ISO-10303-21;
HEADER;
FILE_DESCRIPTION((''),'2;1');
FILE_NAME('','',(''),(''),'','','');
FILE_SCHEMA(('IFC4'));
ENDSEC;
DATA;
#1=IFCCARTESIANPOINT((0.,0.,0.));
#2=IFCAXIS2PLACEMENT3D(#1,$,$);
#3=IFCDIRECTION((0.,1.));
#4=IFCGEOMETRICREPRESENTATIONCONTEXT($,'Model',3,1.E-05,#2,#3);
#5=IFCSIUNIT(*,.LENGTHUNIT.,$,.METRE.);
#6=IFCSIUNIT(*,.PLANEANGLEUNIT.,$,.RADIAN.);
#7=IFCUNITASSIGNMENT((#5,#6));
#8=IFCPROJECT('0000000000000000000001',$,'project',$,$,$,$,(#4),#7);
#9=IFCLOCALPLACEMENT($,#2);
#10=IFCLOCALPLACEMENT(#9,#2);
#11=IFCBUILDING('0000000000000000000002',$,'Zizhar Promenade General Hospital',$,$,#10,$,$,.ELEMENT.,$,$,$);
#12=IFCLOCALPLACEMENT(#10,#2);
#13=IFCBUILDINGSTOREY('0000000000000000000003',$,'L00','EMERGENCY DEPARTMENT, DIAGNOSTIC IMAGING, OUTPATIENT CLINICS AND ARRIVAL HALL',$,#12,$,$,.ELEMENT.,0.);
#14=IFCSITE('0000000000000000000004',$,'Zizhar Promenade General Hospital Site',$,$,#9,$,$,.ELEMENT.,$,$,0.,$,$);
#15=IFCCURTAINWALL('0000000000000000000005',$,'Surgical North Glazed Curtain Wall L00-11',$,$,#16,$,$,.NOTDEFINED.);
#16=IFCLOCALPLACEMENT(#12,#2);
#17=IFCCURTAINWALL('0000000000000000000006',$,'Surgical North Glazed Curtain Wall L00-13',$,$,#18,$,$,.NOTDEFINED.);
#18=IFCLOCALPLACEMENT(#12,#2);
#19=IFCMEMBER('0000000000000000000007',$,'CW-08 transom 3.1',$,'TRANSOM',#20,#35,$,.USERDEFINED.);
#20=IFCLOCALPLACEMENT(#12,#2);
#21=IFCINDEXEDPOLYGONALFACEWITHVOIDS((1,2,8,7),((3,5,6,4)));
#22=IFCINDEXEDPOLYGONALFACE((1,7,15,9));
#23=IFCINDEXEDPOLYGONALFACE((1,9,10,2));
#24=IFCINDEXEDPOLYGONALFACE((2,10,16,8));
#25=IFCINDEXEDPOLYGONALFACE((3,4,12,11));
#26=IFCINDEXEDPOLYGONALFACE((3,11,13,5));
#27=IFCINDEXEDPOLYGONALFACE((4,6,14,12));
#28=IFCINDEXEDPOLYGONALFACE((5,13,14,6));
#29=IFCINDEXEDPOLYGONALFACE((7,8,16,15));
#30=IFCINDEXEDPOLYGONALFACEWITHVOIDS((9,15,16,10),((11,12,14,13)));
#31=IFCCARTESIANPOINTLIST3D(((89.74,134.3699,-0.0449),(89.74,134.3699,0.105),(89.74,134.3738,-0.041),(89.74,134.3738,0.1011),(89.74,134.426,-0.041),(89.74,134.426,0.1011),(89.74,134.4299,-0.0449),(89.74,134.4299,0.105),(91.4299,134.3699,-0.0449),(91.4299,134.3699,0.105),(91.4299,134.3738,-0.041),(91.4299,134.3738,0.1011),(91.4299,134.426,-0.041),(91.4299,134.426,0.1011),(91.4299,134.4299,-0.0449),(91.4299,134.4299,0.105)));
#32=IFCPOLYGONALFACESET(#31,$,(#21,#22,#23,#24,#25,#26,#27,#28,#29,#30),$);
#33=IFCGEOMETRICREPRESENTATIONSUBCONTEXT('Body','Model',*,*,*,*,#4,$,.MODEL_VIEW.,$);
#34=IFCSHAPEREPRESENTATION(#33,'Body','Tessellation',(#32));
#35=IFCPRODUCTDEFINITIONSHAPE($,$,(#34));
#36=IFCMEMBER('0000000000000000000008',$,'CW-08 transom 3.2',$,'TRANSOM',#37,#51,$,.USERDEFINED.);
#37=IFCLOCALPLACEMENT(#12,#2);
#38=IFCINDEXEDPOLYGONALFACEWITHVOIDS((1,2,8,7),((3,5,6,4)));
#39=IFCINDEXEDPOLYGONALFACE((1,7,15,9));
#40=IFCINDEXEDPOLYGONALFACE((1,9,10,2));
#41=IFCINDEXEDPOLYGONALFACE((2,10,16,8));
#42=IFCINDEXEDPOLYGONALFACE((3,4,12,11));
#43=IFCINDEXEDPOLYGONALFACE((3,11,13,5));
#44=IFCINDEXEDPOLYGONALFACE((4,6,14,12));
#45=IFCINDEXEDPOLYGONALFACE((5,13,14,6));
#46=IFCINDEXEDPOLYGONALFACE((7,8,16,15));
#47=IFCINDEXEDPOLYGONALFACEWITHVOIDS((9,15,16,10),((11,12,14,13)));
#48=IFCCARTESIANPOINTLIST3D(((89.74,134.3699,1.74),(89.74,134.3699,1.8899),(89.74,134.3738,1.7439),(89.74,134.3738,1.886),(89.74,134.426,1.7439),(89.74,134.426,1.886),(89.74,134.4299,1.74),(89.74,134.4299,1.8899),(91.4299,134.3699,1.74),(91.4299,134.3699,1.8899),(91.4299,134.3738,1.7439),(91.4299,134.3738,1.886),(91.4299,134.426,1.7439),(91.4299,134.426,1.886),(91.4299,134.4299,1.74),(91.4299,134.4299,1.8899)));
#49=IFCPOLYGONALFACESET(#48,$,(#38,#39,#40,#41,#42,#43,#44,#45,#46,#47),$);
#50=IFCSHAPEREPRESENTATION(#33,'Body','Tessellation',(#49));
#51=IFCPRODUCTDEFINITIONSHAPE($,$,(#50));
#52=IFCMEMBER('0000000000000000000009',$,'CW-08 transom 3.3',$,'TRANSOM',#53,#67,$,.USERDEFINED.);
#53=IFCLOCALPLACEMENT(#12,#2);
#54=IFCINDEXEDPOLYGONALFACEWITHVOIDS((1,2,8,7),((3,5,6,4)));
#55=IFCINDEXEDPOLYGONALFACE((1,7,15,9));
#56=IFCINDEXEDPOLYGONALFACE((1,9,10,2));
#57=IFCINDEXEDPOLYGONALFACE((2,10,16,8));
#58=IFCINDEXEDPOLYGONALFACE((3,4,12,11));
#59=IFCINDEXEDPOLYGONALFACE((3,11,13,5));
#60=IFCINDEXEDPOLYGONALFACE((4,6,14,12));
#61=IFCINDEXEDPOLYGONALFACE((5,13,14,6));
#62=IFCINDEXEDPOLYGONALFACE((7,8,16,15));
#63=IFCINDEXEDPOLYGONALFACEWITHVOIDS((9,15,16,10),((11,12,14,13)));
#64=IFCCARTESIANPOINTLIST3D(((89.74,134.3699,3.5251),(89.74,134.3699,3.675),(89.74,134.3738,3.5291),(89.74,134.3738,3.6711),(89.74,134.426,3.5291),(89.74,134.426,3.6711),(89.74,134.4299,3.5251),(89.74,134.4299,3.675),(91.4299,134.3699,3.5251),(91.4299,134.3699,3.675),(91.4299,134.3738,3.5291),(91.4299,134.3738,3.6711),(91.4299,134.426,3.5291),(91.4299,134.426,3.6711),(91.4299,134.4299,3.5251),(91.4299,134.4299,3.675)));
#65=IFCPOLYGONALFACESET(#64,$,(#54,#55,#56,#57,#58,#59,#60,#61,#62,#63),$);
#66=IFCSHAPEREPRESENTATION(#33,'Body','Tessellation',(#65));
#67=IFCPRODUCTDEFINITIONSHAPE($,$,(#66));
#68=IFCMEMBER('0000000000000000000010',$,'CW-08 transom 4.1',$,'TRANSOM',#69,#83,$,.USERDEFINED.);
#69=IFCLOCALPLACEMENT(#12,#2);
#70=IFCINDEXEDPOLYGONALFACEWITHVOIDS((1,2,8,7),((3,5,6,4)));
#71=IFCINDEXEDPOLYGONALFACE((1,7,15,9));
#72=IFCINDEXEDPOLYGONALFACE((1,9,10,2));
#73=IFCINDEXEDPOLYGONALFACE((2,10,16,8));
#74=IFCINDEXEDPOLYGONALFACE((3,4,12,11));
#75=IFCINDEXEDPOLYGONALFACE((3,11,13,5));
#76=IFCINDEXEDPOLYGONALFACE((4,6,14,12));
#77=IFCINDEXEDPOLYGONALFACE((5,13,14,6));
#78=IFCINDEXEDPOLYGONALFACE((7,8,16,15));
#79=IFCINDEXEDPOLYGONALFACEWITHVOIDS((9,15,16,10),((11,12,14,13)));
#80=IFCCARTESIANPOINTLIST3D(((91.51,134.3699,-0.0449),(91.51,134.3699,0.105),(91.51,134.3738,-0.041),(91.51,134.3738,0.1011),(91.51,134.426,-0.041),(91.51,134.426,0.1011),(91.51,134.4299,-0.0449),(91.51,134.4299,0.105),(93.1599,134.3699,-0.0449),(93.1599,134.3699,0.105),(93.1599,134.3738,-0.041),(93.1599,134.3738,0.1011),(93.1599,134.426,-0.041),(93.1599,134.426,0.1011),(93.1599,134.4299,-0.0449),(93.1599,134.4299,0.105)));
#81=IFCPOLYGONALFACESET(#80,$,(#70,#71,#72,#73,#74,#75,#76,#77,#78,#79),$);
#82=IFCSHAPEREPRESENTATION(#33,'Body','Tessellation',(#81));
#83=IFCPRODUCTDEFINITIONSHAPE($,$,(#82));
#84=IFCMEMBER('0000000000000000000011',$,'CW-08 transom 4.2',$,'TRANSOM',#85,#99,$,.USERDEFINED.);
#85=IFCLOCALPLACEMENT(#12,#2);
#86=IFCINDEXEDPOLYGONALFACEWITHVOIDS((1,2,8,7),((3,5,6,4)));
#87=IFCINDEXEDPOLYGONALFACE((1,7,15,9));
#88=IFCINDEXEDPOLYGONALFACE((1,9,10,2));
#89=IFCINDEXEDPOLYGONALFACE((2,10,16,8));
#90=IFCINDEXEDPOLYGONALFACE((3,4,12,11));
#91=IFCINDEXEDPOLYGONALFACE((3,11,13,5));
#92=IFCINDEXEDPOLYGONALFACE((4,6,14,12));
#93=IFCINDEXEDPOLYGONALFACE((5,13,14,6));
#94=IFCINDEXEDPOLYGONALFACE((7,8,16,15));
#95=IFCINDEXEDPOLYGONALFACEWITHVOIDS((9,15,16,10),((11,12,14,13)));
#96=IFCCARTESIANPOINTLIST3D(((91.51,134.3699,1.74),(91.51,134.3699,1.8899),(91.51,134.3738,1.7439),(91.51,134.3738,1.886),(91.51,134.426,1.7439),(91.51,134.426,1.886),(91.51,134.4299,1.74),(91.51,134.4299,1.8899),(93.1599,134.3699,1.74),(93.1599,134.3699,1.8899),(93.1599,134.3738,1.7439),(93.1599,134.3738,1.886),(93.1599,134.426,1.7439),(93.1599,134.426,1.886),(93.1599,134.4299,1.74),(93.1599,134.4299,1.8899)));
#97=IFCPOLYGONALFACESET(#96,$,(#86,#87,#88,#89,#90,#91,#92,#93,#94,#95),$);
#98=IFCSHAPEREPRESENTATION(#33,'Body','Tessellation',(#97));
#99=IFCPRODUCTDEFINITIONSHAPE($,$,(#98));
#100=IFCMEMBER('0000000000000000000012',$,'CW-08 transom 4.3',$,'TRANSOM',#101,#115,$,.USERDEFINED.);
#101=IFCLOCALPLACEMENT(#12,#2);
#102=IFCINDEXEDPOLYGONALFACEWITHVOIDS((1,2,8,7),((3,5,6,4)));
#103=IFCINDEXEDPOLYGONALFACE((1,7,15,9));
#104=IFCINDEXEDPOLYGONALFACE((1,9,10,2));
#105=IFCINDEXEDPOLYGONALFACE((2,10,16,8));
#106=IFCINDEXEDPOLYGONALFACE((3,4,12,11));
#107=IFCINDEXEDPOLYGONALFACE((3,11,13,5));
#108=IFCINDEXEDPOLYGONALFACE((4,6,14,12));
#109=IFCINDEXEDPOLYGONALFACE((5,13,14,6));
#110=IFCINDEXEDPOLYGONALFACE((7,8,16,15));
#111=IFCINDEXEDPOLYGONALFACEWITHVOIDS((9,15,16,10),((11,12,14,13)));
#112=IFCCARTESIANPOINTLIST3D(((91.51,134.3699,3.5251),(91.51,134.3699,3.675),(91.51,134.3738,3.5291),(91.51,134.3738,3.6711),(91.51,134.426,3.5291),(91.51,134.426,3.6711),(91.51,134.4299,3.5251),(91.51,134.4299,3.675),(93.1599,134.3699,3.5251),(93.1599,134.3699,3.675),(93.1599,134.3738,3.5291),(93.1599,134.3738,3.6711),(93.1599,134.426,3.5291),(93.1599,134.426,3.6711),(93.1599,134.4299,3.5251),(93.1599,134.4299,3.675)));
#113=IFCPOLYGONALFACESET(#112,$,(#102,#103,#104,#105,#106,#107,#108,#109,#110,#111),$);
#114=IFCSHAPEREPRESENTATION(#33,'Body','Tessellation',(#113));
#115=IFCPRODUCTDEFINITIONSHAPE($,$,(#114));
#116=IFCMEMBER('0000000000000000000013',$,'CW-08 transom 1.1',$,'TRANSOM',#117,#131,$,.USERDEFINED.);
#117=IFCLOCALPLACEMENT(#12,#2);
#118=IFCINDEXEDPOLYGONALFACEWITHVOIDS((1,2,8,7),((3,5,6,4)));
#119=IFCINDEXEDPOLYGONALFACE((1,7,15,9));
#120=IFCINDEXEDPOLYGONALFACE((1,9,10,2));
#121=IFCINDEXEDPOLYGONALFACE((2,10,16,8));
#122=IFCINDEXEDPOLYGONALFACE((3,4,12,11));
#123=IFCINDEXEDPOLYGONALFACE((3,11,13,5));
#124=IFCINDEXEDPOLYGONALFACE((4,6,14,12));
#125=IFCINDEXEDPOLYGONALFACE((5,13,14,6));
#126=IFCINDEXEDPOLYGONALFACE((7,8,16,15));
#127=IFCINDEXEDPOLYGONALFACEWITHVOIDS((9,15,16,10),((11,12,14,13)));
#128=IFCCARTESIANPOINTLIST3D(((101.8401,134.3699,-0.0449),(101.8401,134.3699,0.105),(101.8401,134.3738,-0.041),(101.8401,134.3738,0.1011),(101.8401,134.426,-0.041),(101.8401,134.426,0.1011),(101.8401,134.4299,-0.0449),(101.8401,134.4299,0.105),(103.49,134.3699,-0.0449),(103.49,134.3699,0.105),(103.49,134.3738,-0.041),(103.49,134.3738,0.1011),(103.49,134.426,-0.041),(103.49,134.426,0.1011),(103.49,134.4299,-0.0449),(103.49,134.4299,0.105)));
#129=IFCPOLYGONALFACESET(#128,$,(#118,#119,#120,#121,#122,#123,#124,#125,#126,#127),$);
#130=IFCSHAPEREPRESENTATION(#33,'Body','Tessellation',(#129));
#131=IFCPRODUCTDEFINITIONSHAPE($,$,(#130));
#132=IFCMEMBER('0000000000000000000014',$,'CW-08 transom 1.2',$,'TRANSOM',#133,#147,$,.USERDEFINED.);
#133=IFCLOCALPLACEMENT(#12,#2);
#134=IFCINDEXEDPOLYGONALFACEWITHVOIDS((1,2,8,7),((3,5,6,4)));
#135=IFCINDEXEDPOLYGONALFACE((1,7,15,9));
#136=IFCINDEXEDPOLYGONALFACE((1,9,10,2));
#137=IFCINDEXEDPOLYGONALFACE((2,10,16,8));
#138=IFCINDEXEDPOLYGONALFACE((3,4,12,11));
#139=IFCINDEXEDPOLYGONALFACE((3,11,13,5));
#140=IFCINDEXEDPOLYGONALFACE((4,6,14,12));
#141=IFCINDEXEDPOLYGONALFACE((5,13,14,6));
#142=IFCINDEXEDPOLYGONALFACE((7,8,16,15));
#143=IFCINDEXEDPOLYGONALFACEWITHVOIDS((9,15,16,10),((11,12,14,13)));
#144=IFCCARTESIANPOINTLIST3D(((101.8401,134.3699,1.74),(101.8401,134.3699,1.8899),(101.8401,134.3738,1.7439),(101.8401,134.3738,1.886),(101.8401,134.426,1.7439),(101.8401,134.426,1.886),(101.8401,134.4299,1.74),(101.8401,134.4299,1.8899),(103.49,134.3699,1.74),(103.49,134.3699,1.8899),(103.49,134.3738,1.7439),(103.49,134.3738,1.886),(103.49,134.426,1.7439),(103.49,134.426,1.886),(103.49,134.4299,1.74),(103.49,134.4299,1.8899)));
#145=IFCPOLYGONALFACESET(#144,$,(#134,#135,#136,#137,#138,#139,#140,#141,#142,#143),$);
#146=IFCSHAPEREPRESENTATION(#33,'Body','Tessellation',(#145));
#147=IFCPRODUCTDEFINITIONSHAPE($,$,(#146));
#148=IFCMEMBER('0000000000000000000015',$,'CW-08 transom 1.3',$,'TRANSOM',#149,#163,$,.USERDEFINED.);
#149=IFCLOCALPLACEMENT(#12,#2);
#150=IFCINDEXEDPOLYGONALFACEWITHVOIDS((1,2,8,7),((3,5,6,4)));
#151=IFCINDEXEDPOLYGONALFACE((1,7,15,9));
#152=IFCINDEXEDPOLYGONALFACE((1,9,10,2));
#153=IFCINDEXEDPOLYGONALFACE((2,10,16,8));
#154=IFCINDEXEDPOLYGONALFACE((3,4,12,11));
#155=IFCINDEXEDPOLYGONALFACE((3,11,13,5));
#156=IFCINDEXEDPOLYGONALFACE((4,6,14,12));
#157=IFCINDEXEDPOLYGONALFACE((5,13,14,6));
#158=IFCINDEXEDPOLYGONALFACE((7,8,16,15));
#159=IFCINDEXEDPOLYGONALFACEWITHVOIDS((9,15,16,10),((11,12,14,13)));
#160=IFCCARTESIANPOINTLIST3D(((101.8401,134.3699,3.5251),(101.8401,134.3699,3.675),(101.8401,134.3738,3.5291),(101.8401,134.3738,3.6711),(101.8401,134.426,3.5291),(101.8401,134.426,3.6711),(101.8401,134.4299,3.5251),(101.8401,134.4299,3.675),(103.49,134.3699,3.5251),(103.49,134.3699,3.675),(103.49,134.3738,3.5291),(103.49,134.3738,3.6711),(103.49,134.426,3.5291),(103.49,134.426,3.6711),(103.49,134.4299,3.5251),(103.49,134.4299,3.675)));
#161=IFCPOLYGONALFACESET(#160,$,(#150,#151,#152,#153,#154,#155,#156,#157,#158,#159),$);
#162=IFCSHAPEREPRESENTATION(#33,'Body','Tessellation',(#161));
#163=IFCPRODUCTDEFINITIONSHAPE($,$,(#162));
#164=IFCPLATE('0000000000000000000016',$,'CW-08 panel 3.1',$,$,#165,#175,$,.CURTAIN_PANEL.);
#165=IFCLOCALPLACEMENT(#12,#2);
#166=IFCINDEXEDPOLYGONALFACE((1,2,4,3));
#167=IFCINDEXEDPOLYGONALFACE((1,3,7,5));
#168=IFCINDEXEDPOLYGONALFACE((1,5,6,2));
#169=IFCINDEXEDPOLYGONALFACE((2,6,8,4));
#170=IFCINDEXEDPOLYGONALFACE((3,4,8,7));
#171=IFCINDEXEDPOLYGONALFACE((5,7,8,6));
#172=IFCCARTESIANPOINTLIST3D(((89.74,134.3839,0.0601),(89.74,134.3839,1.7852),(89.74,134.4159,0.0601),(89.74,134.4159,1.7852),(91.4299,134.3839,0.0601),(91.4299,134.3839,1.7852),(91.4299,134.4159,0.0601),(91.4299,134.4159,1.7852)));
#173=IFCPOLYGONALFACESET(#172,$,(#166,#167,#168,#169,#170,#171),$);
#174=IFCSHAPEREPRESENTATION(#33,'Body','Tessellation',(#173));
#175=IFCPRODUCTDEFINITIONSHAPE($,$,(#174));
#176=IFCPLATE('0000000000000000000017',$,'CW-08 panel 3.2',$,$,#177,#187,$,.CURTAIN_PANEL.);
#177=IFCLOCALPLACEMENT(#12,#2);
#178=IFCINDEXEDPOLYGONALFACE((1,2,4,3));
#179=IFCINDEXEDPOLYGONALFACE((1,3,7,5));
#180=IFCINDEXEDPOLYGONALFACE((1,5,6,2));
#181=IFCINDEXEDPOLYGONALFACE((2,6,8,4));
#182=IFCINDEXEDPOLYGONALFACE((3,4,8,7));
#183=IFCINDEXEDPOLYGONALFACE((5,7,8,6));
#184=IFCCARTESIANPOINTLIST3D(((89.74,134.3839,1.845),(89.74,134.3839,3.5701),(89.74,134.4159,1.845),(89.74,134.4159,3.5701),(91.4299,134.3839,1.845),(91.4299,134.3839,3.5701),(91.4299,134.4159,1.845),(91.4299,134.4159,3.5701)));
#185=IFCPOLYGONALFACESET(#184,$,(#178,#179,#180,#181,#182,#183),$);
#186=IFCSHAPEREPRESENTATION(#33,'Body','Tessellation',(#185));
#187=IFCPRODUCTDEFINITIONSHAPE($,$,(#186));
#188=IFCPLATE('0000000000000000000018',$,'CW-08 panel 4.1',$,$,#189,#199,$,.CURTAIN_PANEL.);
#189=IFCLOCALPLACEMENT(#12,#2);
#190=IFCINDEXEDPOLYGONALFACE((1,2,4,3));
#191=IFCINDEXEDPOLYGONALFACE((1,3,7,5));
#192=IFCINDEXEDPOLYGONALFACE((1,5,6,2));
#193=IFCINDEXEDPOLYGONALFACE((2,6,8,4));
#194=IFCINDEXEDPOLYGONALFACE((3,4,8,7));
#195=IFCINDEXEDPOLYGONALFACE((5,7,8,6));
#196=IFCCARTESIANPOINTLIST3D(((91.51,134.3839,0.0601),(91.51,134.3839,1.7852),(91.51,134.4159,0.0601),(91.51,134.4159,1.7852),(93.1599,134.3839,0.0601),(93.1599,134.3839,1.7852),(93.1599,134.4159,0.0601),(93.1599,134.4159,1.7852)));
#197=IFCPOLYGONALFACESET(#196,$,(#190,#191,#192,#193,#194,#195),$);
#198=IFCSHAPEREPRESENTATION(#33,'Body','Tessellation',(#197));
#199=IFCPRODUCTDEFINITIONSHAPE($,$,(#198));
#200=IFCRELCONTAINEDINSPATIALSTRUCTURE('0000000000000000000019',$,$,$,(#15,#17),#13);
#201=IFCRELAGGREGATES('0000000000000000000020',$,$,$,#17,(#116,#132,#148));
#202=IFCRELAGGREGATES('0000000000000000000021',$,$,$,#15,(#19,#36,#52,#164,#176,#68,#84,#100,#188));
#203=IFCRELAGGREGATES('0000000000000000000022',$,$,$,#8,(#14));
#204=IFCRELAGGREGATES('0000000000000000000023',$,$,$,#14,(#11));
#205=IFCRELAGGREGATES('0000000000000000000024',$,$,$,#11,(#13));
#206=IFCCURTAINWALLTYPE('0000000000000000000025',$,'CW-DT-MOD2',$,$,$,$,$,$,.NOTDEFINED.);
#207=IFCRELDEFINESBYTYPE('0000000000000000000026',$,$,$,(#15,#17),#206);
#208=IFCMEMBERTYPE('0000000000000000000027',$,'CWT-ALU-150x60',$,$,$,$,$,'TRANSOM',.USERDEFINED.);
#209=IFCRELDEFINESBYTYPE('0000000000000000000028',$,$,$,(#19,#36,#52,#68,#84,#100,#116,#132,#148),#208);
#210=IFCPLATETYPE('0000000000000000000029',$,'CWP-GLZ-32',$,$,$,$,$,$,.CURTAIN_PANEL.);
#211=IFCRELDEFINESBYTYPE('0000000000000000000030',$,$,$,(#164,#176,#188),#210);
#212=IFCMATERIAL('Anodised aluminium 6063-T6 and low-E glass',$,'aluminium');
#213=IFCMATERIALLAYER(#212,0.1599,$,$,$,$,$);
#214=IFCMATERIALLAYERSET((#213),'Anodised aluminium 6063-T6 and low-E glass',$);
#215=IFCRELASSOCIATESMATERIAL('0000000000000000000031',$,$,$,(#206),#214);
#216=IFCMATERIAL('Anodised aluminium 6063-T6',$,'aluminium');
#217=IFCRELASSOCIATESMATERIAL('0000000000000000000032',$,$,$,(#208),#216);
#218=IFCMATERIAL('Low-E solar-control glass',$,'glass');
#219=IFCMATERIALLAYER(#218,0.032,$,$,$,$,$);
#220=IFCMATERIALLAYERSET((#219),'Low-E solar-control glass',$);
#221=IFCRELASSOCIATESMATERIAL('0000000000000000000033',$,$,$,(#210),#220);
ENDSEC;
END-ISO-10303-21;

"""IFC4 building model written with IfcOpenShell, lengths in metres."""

from ifc_helpers import new_model, si_unit, direction, frame, origin, origin_2d, place, context, subcontext, project, spatial, rectangle, hollow_rectangle, extrude, material, layer, layer_set, material_profile, profile_set, type_object, element, aggregate, save


model = new_model("IFC4")

# Units and contexts
model_context = context("Model", 3, precision=1e-05, world=origin(), true_north=direction((0.0, 1.0)))
body_context = subcontext(model_context, "Body", "Model", "MODEL_VIEW")
ifc_project = project(units=[si_unit("LENGTHUNIT", "METRE"), si_unit("PLANEANGLEUNIT", "RADIAN")], contexts=[model_context])

# Site, building, storey
site_placement = place(None, origin())
site = spatial("IfcSite", under=ifc_project, at=site_placement, Name="Zizhar Promenade General Hospital Site", CompositionType="ELEMENT", RefElevation=0.0)
building_placement = place(site_placement, origin())
building = spatial("IfcBuilding", under=site, at=building_placement, Name="Zizhar Promenade General Hospital", CompositionType="ELEMENT")
storey_placement = place(building_placement, origin())
storey = spatial("IfcBuildingStorey", under=building, at=storey_placement, Name="L00", Description="EMERGENCY DEPARTMENT, DIAGNOSTIC IMAGING, OUTPATIENT CLINICS AND ARRIVAL HALL", CompositionType="ELEMENT", Elevation=0.0)

# Curtain wall
ifc_material_1 = material(Name="Anodised aluminium 6063-T6 and low-E glass", Category="aluminium")
ifc_layer_1 = layer(ifc_material_1, 0.1599)
ifc_layer_set_1 = layer_set([ifc_layer_1], Name="Anodised aluminium 6063-T6 and low-E glass")
curtain_wall_type = type_object("IfcCurtainWallType", Name="CW-DT-MOD2", PredefinedType="NOTDEFINED", material=ifc_layer_set_1)
curtain_wall_1_placement = place(storey_placement, origin())
curtain_wall_1 = element("IfcCurtainWall", 1, at=curtain_wall_1_placement, inside=storey, type_object=curtain_wall_type, Name="Surgical North Glazed Curtain Wall L00-11", PredefinedType="NOTDEFINED")

# Curtain wall
curtain_wall_2_placement = place(storey_placement, origin())
curtain_wall_2 = element("IfcCurtainWall", 2, at=curtain_wall_2_placement, inside=storey, type_object=curtain_wall_type, Name="Surgical North Glazed Curtain Wall L00-13", PredefinedType="NOTDEFINED")

# Members
ifc_material_2 = material(Name="Anodised aluminium 6063-T6", Category="aluminium")
ifc_material_profile_1 = material_profile(ifc_material_2, hollow_rectangle(XDim=0.0601, YDim=0.1499, WallThickness=0.0039, at=origin_2d()))
ifc_profile_set_1 = profile_set([ifc_material_profile_1], Name="Anodised aluminium 6063-T6")
member_type_1 = type_object("IfcMemberType", Name="CWT-ALU-150x60", ElementType="TRANSOM", PredefinedType="USERDEFINED", material=ifc_profile_set_1)
member_1_placement = place(storey_placement, frame((89.74, 134.3999, 0.03), z_axis=(1.0, 0.0, 0.0), x_axis=(0.0, 1.0, 0.0)))
member_1 = element("IfcMember", 3, at=member_1_placement, type_object=member_type_1, Name="CW-08 transom 3.1", ObjectType="TRANSOM", PredefinedType="USERDEFINED", context=body_context, shape_type="SweptSolid", body=[
    extrude(hollow_rectangle(XDim=0.0601, YDim=0.1499, WallThickness=0.0039, at=origin_2d()), origin(), (0.0, 0.0, 1.0), 1.6899),
])
member_2_placement = place(storey_placement, frame((89.74, 134.3999, 1.8149), z_axis=(1.0, 0.0, 0.0), x_axis=(0.0, 1.0, 0.0)))
member_2 = element("IfcMember", 4, at=member_2_placement, type_object=member_type_1, Name="CW-08 transom 3.2", ObjectType="TRANSOM", PredefinedType="USERDEFINED", context=body_context, shape_type="SweptSolid", body=[
    extrude(hollow_rectangle(XDim=0.0601, YDim=0.1499, WallThickness=0.0039, at=origin_2d()), origin(), (0.0, 0.0, 1.0), 1.6899),
])
member_3_placement = place(storey_placement, frame((89.74, 134.3999, 3.6001), z_axis=(1.0, 0.0, 0.0), x_axis=(0.0, 1.0, 0.0)))
member_3 = element("IfcMember", 5, at=member_3_placement, type_object=member_type_1, Name="CW-08 transom 3.3", ObjectType="TRANSOM", PredefinedType="USERDEFINED", context=body_context, shape_type="SweptSolid", body=[
    extrude(hollow_rectangle(XDim=0.0601, YDim=0.1499, WallThickness=0.0039, at=origin_2d()), origin(), (0.0, 0.0, 1.0), 1.6899),
])
member_4_placement = place(storey_placement, frame((91.51, 134.3999, 0.03), z_axis=(1.0, 0.0, 0.0), x_axis=(0.0, 1.0, 0.0)))
member_4 = element("IfcMember", 6, at=member_4_placement, type_object=member_type_1, Name="CW-08 transom 4.1", ObjectType="TRANSOM", PredefinedType="USERDEFINED", context=body_context, shape_type="SweptSolid", body=[
    extrude(hollow_rectangle(XDim=0.0601, YDim=0.1499, WallThickness=0.0039, at=origin_2d()), origin(), (0.0, 0.0, 1.0), 1.6499),
])
member_5_placement = place(storey_placement, frame((91.51, 134.3999, 1.8149), z_axis=(1.0, 0.0, 0.0), x_axis=(0.0, 1.0, 0.0)))
member_5 = element("IfcMember", 7, at=member_5_placement, type_object=member_type_1, Name="CW-08 transom 4.2", ObjectType="TRANSOM", PredefinedType="USERDEFINED", context=body_context, shape_type="SweptSolid", body=[
    extrude(hollow_rectangle(XDim=0.0601, YDim=0.1499, WallThickness=0.0039, at=origin_2d()), origin(), (0.0, 0.0, 1.0), 1.6499),
])
member_6_placement = place(storey_placement, frame((91.51, 134.3999, 3.6001), z_axis=(1.0, 0.0, 0.0), x_axis=(0.0, 1.0, 0.0)))
member_6 = element("IfcMember", 8, at=member_6_placement, type_object=member_type_1, Name="CW-08 transom 4.3", ObjectType="TRANSOM", PredefinedType="USERDEFINED", context=body_context, shape_type="SweptSolid", body=[
    extrude(hollow_rectangle(XDim=0.0601, YDim=0.1499, WallThickness=0.0039, at=origin_2d()), origin(), (0.0, 0.0, 1.0), 1.6499),
])
member_7_placement = place(storey_placement, frame((101.8401, 134.3999, 0.03), z_axis=(1.0, 0.0, 0.0), x_axis=(0.0, 1.0, 0.0)))
member_7 = element("IfcMember", 9, at=member_7_placement, type_object=member_type_1, Name="CW-08 transom 1.1", ObjectType="TRANSOM", PredefinedType="USERDEFINED", context=body_context, shape_type="SweptSolid", body=[
    extrude(hollow_rectangle(XDim=0.0601, YDim=0.1499, WallThickness=0.0039, at=origin_2d()), origin(), (0.0, 0.0, 1.0), 1.6499),
])
member_8_placement = place(storey_placement, frame((101.8401, 134.3999, 1.8149), z_axis=(1.0, 0.0, 0.0), x_axis=(0.0, 1.0, 0.0)))
member_8 = element("IfcMember", 10, at=member_8_placement, type_object=member_type_1, Name="CW-08 transom 1.2", ObjectType="TRANSOM", PredefinedType="USERDEFINED", context=body_context, shape_type="SweptSolid", body=[
    extrude(hollow_rectangle(XDim=0.0601, YDim=0.1499, WallThickness=0.0039, at=origin_2d()), origin(), (0.0, 0.0, 1.0), 1.6499),
])
member_9_placement = place(storey_placement, frame((101.8401, 134.3999, 3.6001), z_axis=(1.0, 0.0, 0.0), x_axis=(0.0, 1.0, 0.0)))
member_9 = element("IfcMember", 11, at=member_9_placement, type_object=member_type_1, Name="CW-08 transom 1.3", ObjectType="TRANSOM", PredefinedType="USERDEFINED", context=body_context, shape_type="SweptSolid", body=[
    extrude(hollow_rectangle(XDim=0.0601, YDim=0.1499, WallThickness=0.0039, at=origin_2d()), origin(), (0.0, 0.0, 1.0), 1.6499),
])
aggregate(curtain_wall_2, [member_7, member_8, member_9])

# Plates
ifc_material_3 = material(Name="Low-E solar-control glass", Category="glass")
ifc_layer_2 = layer(ifc_material_3, 0.032)
ifc_layer_set_2 = layer_set([ifc_layer_2], Name="Low-E solar-control glass")
plate_type = type_object("IfcPlateType", Name="CWP-GLZ-32", PredefinedType="CURTAIN_PANEL", material=ifc_layer_set_2)
plate_1_placement = place(storey_placement, frame((90.585, 134.3999, 0.0601), z_axis=(0.0, 0.0, 1.0), x_axis=(1.0, 0.0, 0.0)))
plate_1 = element("IfcPlate", 12, at=plate_1_placement, type_object=plate_type, Name="CW-08 panel 3.1", PredefinedType="CURTAIN_PANEL", context=body_context, shape_type="SweptSolid", body=[
    extrude(rectangle(XDim=1.6899, YDim=0.032, at=origin_2d()), origin(), (0.0, 0.0, 1.0), 1.7251),
])
plate_2_placement = place(storey_placement, frame((90.585, 134.3999, 1.845), z_axis=(0.0, 0.0, 1.0), x_axis=(1.0, 0.0, 0.0)))
plate_2 = element("IfcPlate", 13, at=plate_2_placement, type_object=plate_type, Name="CW-08 panel 3.2", PredefinedType="CURTAIN_PANEL", context=body_context, shape_type="SweptSolid", body=[
    extrude(rectangle(XDim=1.6899, YDim=0.032, at=origin_2d()), origin(), (0.0, 0.0, 1.0), 1.7251),
])
plate_3_placement = place(storey_placement, frame((92.335, 134.3999, 0.0601), z_axis=(0.0, 0.0, 1.0), x_axis=(1.0, 0.0, 0.0)))
plate_3 = element("IfcPlate", 14, at=plate_3_placement, type_object=plate_type, Name="CW-08 panel 4.1", PredefinedType="CURTAIN_PANEL", context=body_context, shape_type="SweptSolid", body=[
    extrude(rectangle(XDim=1.6499, YDim=0.032, at=origin_2d()), origin(), (0.0, 0.0, 1.0), 1.7251),
])
aggregate(curtain_wall_1, [member_1, member_2, member_3, plate_1, plate_2, member_4, member_5, member_6, plate_3])

save(model, "model.ifc")
